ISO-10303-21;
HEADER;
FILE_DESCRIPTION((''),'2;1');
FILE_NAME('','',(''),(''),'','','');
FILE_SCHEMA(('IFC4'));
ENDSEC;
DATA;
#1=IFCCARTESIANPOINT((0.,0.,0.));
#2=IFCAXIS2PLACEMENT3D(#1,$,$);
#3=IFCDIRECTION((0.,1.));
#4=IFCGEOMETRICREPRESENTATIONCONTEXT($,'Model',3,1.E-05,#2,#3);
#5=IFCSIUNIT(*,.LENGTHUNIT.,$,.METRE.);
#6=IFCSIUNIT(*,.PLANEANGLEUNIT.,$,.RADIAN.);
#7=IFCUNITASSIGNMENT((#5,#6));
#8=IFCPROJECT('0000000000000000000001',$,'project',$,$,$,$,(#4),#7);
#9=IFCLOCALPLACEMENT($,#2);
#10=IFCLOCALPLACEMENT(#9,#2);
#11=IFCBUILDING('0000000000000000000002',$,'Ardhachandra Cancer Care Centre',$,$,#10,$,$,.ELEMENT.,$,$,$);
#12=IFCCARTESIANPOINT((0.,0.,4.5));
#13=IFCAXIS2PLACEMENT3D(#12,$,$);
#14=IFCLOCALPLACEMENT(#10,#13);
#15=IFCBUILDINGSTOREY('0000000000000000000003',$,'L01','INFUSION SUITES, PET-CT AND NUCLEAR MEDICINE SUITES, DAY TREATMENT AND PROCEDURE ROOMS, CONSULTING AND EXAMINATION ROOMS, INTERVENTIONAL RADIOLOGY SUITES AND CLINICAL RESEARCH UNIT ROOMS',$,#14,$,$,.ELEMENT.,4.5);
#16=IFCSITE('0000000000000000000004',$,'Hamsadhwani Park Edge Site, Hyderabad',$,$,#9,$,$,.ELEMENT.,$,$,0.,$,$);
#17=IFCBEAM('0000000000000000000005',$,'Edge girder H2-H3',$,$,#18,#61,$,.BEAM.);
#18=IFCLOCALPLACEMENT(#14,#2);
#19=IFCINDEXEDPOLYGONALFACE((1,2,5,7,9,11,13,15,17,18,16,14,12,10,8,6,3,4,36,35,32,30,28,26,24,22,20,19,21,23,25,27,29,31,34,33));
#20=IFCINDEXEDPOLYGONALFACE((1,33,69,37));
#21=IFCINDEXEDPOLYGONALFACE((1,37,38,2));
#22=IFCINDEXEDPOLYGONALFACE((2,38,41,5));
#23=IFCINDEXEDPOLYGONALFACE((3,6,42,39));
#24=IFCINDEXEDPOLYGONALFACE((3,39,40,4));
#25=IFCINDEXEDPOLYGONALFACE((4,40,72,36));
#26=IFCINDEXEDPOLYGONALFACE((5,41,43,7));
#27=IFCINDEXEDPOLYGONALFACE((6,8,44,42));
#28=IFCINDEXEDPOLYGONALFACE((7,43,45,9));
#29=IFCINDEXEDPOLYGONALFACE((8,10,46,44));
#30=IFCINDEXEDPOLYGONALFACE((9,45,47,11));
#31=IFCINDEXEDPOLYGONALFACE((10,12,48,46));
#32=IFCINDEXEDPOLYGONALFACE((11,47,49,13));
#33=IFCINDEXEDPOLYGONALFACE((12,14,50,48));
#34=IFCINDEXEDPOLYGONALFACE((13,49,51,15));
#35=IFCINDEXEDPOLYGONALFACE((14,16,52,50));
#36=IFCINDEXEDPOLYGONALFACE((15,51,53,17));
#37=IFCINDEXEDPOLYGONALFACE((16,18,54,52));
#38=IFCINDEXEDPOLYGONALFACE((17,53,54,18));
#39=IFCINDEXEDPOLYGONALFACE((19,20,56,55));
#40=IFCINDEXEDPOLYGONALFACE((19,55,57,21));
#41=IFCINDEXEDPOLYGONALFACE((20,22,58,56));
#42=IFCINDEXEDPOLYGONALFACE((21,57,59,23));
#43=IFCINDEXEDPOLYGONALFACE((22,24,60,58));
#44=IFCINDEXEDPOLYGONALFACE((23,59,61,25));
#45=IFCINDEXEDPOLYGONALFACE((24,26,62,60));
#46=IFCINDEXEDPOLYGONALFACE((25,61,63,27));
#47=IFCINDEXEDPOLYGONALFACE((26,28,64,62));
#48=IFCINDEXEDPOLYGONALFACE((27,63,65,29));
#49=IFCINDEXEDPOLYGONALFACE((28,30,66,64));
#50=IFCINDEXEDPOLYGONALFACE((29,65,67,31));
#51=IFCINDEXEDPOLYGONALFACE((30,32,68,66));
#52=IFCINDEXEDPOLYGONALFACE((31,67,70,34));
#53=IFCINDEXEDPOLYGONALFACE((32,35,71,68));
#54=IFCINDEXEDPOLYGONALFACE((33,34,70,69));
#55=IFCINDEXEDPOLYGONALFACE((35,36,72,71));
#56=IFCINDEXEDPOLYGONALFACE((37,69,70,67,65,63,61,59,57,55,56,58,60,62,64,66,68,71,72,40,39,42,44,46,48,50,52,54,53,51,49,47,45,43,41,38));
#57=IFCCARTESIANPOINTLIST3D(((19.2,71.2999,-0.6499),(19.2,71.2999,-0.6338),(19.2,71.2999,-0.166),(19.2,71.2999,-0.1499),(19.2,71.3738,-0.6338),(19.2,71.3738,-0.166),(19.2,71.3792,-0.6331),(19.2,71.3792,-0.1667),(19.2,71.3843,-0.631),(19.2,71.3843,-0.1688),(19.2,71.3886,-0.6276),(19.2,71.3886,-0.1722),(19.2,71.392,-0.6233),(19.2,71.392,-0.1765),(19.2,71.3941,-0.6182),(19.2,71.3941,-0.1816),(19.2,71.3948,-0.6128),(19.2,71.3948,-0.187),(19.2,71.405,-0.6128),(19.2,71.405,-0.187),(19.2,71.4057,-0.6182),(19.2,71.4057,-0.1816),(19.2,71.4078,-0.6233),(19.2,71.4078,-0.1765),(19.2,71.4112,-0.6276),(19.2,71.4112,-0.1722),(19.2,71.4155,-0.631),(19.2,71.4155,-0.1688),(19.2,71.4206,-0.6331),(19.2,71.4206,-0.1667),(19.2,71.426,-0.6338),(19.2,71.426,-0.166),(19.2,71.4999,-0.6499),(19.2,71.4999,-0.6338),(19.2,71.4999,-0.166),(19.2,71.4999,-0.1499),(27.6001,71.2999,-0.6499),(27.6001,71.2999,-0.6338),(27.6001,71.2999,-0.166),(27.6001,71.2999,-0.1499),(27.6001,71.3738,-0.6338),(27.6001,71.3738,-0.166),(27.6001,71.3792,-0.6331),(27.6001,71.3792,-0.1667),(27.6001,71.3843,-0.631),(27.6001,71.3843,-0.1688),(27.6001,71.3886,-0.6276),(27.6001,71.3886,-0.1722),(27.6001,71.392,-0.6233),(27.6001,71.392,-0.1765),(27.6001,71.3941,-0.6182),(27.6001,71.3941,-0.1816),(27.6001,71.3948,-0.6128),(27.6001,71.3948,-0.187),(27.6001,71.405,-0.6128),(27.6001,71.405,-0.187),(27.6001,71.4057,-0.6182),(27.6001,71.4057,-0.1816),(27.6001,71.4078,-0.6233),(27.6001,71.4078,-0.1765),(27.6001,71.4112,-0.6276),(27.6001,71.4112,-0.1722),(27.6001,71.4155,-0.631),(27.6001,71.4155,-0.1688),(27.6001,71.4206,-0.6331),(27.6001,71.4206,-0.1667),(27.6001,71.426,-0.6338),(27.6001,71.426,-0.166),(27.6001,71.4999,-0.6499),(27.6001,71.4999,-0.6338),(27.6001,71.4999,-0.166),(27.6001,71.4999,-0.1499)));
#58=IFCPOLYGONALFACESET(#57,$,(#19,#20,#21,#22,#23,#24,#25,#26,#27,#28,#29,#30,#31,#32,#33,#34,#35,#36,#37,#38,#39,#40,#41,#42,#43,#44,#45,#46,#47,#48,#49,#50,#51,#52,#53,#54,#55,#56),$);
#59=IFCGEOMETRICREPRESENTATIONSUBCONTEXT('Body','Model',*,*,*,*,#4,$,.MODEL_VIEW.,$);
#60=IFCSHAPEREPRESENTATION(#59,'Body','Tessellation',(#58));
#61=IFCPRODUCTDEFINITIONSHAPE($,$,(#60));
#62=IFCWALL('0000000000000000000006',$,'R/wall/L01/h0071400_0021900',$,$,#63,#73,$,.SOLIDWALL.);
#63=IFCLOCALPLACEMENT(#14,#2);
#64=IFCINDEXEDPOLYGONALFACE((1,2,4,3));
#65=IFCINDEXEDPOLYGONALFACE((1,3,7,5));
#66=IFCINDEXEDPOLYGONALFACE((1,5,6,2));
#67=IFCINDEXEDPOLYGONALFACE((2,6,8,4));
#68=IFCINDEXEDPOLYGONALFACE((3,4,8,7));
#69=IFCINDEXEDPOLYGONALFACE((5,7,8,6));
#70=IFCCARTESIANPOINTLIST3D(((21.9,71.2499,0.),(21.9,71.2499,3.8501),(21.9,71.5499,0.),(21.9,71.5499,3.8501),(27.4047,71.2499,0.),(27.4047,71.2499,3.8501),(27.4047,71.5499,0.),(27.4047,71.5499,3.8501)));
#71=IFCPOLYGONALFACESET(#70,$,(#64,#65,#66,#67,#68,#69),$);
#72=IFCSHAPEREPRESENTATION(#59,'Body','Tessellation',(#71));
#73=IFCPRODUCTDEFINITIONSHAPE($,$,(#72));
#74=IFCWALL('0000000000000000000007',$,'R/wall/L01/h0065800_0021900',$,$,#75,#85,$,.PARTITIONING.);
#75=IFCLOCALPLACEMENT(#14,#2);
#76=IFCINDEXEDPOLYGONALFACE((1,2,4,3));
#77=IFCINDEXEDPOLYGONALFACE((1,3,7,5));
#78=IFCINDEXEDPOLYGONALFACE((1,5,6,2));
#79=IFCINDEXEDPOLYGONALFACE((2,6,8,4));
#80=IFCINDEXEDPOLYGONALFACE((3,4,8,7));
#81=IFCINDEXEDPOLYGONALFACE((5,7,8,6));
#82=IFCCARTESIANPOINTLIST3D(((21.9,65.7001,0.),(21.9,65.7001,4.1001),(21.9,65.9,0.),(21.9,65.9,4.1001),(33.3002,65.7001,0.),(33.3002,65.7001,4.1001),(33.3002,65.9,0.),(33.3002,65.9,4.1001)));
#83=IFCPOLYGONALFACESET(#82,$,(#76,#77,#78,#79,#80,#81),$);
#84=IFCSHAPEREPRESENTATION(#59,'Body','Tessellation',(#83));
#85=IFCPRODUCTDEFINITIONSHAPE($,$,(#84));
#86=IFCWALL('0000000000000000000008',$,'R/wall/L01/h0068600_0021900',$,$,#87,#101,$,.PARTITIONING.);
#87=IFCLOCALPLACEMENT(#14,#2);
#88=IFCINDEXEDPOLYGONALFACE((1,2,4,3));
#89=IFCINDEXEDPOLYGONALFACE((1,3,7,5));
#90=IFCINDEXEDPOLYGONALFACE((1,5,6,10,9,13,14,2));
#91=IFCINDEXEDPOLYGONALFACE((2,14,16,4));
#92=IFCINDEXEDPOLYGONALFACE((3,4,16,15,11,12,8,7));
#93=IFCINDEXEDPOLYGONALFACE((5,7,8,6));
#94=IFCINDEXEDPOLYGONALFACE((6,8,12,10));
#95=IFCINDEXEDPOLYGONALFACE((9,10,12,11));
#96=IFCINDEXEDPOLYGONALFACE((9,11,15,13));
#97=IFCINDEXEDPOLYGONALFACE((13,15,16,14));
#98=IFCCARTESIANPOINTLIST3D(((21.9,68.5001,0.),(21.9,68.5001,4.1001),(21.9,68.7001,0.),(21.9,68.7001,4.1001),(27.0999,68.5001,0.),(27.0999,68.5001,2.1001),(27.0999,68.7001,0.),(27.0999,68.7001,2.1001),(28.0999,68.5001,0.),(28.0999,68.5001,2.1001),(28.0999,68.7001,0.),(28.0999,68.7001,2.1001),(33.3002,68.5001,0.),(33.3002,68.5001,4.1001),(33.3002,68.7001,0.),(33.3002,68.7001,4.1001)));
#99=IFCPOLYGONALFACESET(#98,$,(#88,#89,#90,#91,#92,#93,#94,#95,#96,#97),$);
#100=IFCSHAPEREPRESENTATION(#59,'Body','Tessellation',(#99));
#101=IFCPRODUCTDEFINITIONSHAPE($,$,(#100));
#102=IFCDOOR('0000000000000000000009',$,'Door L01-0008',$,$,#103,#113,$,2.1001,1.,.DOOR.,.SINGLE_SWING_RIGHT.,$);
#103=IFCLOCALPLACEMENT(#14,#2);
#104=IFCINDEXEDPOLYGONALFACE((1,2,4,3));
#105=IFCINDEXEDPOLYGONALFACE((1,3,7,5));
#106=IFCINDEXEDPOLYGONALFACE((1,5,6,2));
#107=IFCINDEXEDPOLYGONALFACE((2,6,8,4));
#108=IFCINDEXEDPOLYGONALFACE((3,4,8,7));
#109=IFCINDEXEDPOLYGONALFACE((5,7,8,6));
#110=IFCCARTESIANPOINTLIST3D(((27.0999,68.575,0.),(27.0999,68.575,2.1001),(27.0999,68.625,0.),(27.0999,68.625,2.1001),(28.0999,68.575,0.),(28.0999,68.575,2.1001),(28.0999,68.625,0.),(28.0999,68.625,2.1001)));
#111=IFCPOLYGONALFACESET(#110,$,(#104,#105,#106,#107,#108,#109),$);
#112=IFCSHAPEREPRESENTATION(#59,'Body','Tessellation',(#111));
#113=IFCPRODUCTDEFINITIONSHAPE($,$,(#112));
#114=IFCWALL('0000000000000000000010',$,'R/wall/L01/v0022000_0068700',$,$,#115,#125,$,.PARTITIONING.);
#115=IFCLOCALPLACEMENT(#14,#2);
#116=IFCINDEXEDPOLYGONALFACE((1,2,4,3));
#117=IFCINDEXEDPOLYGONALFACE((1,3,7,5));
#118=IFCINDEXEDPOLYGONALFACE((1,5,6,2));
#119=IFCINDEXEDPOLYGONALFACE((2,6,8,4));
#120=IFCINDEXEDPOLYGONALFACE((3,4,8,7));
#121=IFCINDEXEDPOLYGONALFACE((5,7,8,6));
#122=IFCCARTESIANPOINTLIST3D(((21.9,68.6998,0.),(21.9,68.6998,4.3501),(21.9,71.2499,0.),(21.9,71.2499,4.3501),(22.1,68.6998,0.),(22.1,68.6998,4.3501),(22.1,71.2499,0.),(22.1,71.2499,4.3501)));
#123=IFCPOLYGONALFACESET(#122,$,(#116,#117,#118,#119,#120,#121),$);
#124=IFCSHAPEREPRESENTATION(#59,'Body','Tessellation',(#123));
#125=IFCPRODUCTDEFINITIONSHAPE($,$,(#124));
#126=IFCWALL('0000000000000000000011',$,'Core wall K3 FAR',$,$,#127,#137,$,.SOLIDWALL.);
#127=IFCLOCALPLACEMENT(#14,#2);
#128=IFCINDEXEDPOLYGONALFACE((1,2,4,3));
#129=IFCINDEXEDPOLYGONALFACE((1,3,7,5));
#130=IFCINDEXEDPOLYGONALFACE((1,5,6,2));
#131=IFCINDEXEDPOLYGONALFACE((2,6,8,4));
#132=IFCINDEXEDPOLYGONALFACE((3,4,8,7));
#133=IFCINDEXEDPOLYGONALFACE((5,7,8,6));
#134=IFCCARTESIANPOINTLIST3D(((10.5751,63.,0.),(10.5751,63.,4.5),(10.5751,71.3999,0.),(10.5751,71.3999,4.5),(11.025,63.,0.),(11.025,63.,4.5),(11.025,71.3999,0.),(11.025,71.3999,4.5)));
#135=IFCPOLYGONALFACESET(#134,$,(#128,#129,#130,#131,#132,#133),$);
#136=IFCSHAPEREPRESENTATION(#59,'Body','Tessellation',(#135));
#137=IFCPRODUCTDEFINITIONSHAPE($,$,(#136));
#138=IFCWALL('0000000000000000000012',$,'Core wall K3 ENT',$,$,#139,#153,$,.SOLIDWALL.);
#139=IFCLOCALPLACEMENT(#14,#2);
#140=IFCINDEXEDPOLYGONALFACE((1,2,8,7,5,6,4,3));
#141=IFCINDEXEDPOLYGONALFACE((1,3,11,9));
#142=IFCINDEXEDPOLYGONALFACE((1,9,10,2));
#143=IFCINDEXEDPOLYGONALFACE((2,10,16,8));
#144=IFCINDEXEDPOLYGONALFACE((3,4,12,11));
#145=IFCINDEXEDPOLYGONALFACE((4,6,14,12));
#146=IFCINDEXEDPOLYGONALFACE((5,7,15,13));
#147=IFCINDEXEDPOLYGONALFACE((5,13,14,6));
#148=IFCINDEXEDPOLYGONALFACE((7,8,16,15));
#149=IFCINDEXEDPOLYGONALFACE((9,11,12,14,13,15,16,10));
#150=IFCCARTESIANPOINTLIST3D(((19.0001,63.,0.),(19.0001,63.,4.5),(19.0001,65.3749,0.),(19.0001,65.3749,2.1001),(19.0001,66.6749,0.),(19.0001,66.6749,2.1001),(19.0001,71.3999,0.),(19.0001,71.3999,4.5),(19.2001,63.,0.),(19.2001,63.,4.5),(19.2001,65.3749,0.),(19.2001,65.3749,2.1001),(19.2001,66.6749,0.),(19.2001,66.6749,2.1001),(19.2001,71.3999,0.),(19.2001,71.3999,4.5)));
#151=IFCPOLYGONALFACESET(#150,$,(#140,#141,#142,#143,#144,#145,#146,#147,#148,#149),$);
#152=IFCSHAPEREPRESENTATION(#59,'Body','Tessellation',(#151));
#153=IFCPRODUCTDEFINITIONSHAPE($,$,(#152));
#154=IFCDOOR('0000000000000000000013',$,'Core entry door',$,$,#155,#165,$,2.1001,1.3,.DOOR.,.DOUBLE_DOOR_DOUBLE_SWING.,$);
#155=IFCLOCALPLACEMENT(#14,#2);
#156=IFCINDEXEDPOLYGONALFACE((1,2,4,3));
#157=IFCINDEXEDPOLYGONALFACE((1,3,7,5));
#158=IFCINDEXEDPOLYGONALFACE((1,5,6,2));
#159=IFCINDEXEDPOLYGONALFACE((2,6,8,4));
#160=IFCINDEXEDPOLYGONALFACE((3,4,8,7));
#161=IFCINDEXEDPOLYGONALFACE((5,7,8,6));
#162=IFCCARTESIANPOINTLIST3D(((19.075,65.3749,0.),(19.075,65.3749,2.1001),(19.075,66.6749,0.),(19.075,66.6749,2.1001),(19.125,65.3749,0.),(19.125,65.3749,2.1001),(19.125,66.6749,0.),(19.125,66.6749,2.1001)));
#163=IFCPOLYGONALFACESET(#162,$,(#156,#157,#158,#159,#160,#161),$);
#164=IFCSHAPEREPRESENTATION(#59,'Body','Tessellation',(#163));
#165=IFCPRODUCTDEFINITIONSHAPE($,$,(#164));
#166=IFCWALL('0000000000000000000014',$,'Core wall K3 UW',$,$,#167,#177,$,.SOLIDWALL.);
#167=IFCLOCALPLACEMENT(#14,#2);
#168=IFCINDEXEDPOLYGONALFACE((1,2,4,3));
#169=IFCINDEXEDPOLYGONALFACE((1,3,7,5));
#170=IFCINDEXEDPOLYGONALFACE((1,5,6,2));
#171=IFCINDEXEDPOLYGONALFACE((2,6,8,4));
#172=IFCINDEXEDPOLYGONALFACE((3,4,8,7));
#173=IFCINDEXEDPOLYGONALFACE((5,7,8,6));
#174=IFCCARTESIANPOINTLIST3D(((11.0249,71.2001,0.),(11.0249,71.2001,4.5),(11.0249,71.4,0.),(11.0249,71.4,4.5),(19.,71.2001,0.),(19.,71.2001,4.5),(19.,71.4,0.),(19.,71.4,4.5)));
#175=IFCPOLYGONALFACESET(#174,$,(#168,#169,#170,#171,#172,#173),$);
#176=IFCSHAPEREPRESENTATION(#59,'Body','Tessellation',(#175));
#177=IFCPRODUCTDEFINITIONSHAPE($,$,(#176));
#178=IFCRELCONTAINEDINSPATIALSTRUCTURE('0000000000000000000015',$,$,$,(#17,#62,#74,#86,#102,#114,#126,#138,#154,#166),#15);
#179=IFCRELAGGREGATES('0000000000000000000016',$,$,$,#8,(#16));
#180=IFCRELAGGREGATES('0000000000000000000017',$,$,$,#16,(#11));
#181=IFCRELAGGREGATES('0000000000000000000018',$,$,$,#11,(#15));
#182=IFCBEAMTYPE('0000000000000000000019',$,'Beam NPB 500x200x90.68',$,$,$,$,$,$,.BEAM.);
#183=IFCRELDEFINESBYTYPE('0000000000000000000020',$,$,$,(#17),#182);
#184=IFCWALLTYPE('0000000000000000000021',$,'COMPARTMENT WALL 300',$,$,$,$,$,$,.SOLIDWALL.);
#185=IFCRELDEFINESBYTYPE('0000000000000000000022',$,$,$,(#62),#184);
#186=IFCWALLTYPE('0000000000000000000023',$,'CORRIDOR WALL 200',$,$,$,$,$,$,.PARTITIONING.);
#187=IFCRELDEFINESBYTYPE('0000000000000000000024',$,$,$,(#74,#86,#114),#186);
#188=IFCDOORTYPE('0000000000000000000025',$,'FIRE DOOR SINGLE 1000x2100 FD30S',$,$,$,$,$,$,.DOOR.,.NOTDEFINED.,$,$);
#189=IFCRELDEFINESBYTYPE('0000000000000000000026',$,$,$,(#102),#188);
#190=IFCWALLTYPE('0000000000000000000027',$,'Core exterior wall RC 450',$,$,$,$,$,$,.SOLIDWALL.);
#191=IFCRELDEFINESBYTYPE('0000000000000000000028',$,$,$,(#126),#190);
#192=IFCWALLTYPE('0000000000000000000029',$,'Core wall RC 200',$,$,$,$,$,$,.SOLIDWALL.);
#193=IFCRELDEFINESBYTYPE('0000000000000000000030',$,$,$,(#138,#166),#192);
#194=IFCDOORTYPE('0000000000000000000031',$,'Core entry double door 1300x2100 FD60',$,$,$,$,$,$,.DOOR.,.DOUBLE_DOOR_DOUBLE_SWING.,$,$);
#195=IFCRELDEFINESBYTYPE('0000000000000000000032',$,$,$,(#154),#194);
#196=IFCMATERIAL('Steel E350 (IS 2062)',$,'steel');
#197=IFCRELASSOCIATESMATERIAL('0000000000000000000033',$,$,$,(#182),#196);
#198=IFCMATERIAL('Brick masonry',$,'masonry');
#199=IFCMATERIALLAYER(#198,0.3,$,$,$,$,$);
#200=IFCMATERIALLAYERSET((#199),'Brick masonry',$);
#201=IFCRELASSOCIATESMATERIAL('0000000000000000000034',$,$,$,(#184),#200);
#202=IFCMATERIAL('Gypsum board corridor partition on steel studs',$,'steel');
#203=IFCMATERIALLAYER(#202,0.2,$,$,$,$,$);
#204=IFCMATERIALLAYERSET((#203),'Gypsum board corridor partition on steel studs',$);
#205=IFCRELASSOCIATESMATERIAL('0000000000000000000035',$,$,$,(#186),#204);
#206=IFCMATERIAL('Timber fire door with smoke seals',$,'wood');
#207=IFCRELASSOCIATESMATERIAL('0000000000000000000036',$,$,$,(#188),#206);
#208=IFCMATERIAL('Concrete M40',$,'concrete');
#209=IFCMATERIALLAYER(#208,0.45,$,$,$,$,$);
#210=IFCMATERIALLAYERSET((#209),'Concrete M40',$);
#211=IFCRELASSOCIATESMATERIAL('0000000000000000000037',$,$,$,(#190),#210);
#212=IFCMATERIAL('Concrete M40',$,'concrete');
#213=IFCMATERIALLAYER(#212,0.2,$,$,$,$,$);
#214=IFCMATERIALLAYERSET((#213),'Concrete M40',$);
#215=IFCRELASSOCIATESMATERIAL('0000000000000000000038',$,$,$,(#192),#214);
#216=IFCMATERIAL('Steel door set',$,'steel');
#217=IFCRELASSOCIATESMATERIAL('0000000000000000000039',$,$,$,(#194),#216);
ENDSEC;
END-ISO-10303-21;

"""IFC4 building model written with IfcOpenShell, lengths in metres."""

from ifc_helpers import new_model, si_unit, direction, frame, frame_2d, origin, origin_2d, place, context, subcontext, project, spatial, rectangle, i_section, extrude, material, layer, layer_set, material_profile, profile_set, type_object, element, fill, save


model = new_model("IFC4")

# Units and contexts
model_context = context("Model", 3, precision=1e-05, world=origin(), true_north=direction((0.0, 1.0)))
body_context = subcontext(model_context, "Body", "Model", "MODEL_VIEW")
ifc_project = project(units=[si_unit("LENGTHUNIT", "METRE"), si_unit("PLANEANGLEUNIT", "RADIAN")], contexts=[model_context])

# Site, building, storey
site_placement = place(None, origin())
site = spatial("IfcSite", under=ifc_project, at=site_placement, Name="Hamsadhwani Park Edge Site, Hyderabad", CompositionType="ELEMENT", RefElevation=0.0)
building_placement = place(site_placement, origin())
building = spatial("IfcBuilding", under=site, at=building_placement, Name="Ardhachandra Cancer Care Centre", CompositionType="ELEMENT")
storey_placement = place(building_placement, frame((0.0, 0.0, 4.5)))
storey = spatial("IfcBuildingStorey", under=building, at=storey_placement, Name="L01", Description="INFUSION SUITES, PET-CT AND NUCLEAR MEDICINE SUITES, DAY TREATMENT AND PROCEDURE ROOMS, CONSULTING AND EXAMINATION ROOMS, INTERVENTIONAL RADIOLOGY SUITES AND CLINICAL RESEARCH UNIT ROOMS", CompositionType="ELEMENT", Elevation=4.5)

# Beam
ifc_material_1 = material(Name="Steel E350 (IS 2062)", Category="steel")
ifc_material_profile = material_profile(ifc_material_1, i_section(OverallWidth=0.2, OverallDepth=0.5, WebThickness=0.0103, FlangeThickness=0.0161, FilletRadius=0.021, at=origin_2d()), Name="NPB 500x200x90.68")
ifc_profile_set = profile_set([ifc_material_profile], Name="Steel E350 (IS 2062)")
beam_type = type_object("IfcBeamType", Name="Beam NPB 500x200x90.68", PredefinedType="BEAM", material=ifc_profile_set)
beam_placement = place(storey_placement, frame((19.2, 71.3999, -0.3999), z_axis=(1.0, 0.0, 0.0), x_axis=(0.0, 1.0, 0.0)))
element("IfcBeam", 1, at=beam_placement, inside=storey, type_object=beam_type, Name="Edge girder H2-H3", PredefinedType="BEAM", context=body_context, shape_type="SweptSolid", body=[
    extrude(i_section(OverallWidth=0.2, OverallDepth=0.5, WebThickness=0.0103, FlangeThickness=0.0161, FilletRadius=0.021, at=origin_2d()), origin(), (0.0, 0.0, 1.0), 8.4001),
])

# Walls
ifc_material_2 = material(Name="Brick masonry", Category="masonry")
ifc_layer_1 = layer(ifc_material_2, 0.3)
ifc_layer_set_1 = layer_set([ifc_layer_1], Name="Brick masonry")
wall_type_1 = type_object("IfcWallType", Name="COMPARTMENT WALL 300", PredefinedType="SOLIDWALL", material=ifc_layer_set_1)
wall_1_placement = place(storey_placement, frame((21.8999, 71.3999, 0.0), z_axis=(0.0, 0.0, 1.0), x_axis=(1.0, 0.0, 0.0)))
element("IfcWall", 2, at=wall_1_placement, inside=storey, type_object=wall_type_1, Name="R/wall/L01/h0071400_0021900", PredefinedType="SOLIDWALL", context=body_context, shape_type="SweptSolid", body=[
    extrude(rectangle(XDim=5.5046, YDim=0.3, at=frame_2d((2.7524, 0.0))), origin(), (0.0, 0.0, 1.0), 3.8501),
])
ifc_material_3 = material(Name="Gypsum board corridor partition on steel studs", Category="steel")
ifc_layer_2 = layer(ifc_material_3, 0.2)
ifc_layer_set_2 = layer_set([ifc_layer_2], Name="Gypsum board corridor partition on steel studs")
wall_type_2 = type_object("IfcWallType", Name="CORRIDOR WALL 200", PredefinedType="PARTITIONING", material=ifc_layer_set_2)
wall_2_placement = place(storey_placement, frame((21.8999, 65.8, 0.0), z_axis=(0.0, 0.0, 1.0), x_axis=(1.0, 0.0, 0.0)))
element("IfcWall", 3, at=wall_2_placement, inside=storey, type_object=wall_type_2, Name="R/wall/L01/h0065800_0021900", PredefinedType="PARTITIONING", context=body_context, shape_type="SweptSolid", body=[
    extrude(rectangle(XDim=11.4001, YDim=0.2, at=frame_2d((5.7002, 0.0))), origin(), (0.0, 0.0, 1.0), 4.1001),
])

# Wall, opening, door
wall_3_placement = place(storey_placement, frame((21.8999, 68.6001, 0.0), z_axis=(0.0, 0.0, 1.0), x_axis=(1.0, 0.0, 0.0)))
wall_3 = element("IfcWall", 4, at=wall_3_placement, inside=storey, type_object=wall_type_2, Name="R/wall/L01/h0068600_0021900", PredefinedType="PARTITIONING", context=body_context, shape_type="SweptSolid", body=[
    extrude(rectangle(XDim=11.4001, YDim=0.2, at=frame_2d((5.7002, 0.0))), origin(), (0.0, 0.0, 1.0), 4.1001),
])
opening_1_placement = place(wall_3_placement, frame((5.2, 0.0, 0.0)))
opening_1 = element("IfcOpeningElement", 5, at=opening_1_placement, cuts=wall_3, PredefinedType="OPENING", context=body_context, shape_type="SweptSolid", body=[
    extrude(rectangle(XDim=1.0, YDim=2.1001, at=frame_2d((0.5, 1.05))), frame((0.0, 0.1099, 0.0), z_axis=(0.0, -1.0, 0.0), x_axis=(1.0, 0.0, 0.0)), (0.0, 0.0, 1.0), 0.22),
])
ifc_material_4 = material(Name="Timber fire door with smoke seals", Category="wood")
door_type_1 = type_object("IfcDoorType", Name="FIRE DOOR SINGLE 1000x2100 FD30S", OperationType="NOTDEFINED", PredefinedType="DOOR", material=ifc_material_4)
door_1_placement = place(opening_1_placement, origin())
door_1 = element("IfcDoor", 6, at=door_1_placement, inside=storey, type_object=door_type_1, Name="Door L01-0008", OperationType="SINGLE_SWING_RIGHT", OverallHeight=2.1001, OverallWidth=1.0, PredefinedType="DOOR", context=body_context, shape_type="SweptSolid", body=[
    extrude(rectangle(XDim=1.0, YDim=2.1001, at=frame_2d((0.5, 1.05))), frame((0.0, 0.0249, 0.0), z_axis=(0.0, -1.0, 0.0), x_axis=(1.0, 0.0, 0.0)), (0.0, 0.0, 1.0), 0.05),
])
fill(opening_1, door_1)

# Walls
wall_4_placement = place(storey_placement, frame((22.0, 68.7, 0.0), z_axis=(0.0, 0.0, 1.0), x_axis=(0.0, 1.0, 0.0)))
element("IfcWall", 7, at=wall_4_placement, inside=storey, type_object=wall_type_2, Name="R/wall/L01/v0022000_0068700", PredefinedType="PARTITIONING", context=body_context, shape_type="SweptSolid", body=[
    extrude(rectangle(XDim=2.55, YDim=0.2, at=frame_2d((1.2749, 0.0))), origin(), (0.0, 0.0, 1.0), 4.3501),
])
ifc_material_5 = material(Name="Concrete M40", Category="concrete")
ifc_layer_3 = layer(ifc_material_5, 0.45)
ifc_layer_set_3 = layer_set([ifc_layer_3], Name="Concrete M40")
wall_type_3 = type_object("IfcWallType", Name="Core exterior wall RC 450", PredefinedType="SOLIDWALL", material=ifc_layer_set_3)
wall_5_placement = place(storey_placement, frame((10.8, 71.3999, 0.0), z_axis=(0.0, 0.0, 1.0), x_axis=(0.0, -1.0, 0.0)))
element("IfcWall", 8, at=wall_5_placement, inside=storey, type_object=wall_type_3, Name="Core wall K3 FAR", PredefinedType="SOLIDWALL", context=body_context, shape_type="SweptSolid", body=[
    extrude(rectangle(XDim=8.3999, YDim=0.45, at=frame_2d((4.2, 0.0))), origin(), (0.0, 0.0, 1.0), 4.5),
])

# Wall, opening, door
ifc_material_6 = material(Name="Concrete M40", Category="concrete")
ifc_layer_4 = layer(ifc_material_6, 0.2)
ifc_layer_set_4 = layer_set([ifc_layer_4], Name="Concrete M40")
wall_type_4 = type_object("IfcWallType", Name="Core wall RC 200", PredefinedType="SOLIDWALL", material=ifc_layer_set_4)
wall_6_placement = place(storey_placement, frame((19.1001, 71.3999, 0.0), z_axis=(0.0, 0.0, 1.0), x_axis=(0.0, -1.0, 0.0)))
wall_6 = element("IfcWall", 9, at=wall_6_placement, inside=storey, type_object=wall_type_4, Name="Core wall K3 ENT", PredefinedType="SOLIDWALL", context=body_context, shape_type="SweptSolid", body=[
    extrude(rectangle(XDim=8.3999, YDim=0.2, at=frame_2d((4.2, 0.0))), origin(), (0.0, 0.0, 1.0), 4.5),
])
opening_2_placement = place(wall_6_placement, frame((4.7251, 0.0, 0.0)))
opening_2 = element("IfcOpeningElement", 10, at=opening_2_placement, cuts=wall_6, PredefinedType="OPENING", context=body_context, shape_type="SweptSolid", body=[
    extrude(rectangle(XDim=1.3, YDim=2.1001, at=frame_2d((0.6499, 1.05))), frame((0.0, 0.1099, 0.0), z_axis=(0.0, -1.0, 0.0), x_axis=(1.0, 0.0, 0.0)), (0.0, 0.0, 1.0), 0.22),
])
ifc_material_7 = material(Name="Steel door set", Category="steel")
door_type_2 = type_object("IfcDoorType", Name="Core entry double door 1300x2100 FD60", OperationType="DOUBLE_DOOR_DOUBLE_SWING", PredefinedType="DOOR", material=ifc_material_7)
door_2_placement = place(opening_2_placement, origin())
door_2 = element("IfcDoor", 11, at=door_2_placement, inside=storey, type_object=door_type_2, Name="Core entry door", OperationType="DOUBLE_DOOR_DOUBLE_SWING", OverallHeight=2.1001, OverallWidth=1.3, PredefinedType="DOOR", context=body_context, shape_type="SweptSolid", body=[
    extrude(rectangle(XDim=1.3, YDim=2.1001, at=frame_2d((0.6499, 1.05))), frame((0.0, 0.0249, 0.0), z_axis=(0.0, -1.0, 0.0), x_axis=(1.0, 0.0, 0.0)), (0.0, 0.0, 1.0), 0.05),
])
fill(opening_2, door_2)

# Wall
wall_7_placement = place(storey_placement, frame((19.0, 71.3, 0.0), z_axis=(0.0, 0.0, 1.0), x_axis=(-1.0, 0.0, 0.0)))
element("IfcWall", 12, at=wall_7_placement, inside=storey, type_object=wall_type_4, Name="Core wall K3 UW", PredefinedType="SOLIDWALL", context=body_context, shape_type="SweptSolid", body=[
    extrude(rectangle(XDim=7.9751, YDim=0.2, at=frame_2d((3.9875, 0.0))), origin(), (0.0, 0.0, 1.0), 4.5),
])

save(model, "model.ifc")
